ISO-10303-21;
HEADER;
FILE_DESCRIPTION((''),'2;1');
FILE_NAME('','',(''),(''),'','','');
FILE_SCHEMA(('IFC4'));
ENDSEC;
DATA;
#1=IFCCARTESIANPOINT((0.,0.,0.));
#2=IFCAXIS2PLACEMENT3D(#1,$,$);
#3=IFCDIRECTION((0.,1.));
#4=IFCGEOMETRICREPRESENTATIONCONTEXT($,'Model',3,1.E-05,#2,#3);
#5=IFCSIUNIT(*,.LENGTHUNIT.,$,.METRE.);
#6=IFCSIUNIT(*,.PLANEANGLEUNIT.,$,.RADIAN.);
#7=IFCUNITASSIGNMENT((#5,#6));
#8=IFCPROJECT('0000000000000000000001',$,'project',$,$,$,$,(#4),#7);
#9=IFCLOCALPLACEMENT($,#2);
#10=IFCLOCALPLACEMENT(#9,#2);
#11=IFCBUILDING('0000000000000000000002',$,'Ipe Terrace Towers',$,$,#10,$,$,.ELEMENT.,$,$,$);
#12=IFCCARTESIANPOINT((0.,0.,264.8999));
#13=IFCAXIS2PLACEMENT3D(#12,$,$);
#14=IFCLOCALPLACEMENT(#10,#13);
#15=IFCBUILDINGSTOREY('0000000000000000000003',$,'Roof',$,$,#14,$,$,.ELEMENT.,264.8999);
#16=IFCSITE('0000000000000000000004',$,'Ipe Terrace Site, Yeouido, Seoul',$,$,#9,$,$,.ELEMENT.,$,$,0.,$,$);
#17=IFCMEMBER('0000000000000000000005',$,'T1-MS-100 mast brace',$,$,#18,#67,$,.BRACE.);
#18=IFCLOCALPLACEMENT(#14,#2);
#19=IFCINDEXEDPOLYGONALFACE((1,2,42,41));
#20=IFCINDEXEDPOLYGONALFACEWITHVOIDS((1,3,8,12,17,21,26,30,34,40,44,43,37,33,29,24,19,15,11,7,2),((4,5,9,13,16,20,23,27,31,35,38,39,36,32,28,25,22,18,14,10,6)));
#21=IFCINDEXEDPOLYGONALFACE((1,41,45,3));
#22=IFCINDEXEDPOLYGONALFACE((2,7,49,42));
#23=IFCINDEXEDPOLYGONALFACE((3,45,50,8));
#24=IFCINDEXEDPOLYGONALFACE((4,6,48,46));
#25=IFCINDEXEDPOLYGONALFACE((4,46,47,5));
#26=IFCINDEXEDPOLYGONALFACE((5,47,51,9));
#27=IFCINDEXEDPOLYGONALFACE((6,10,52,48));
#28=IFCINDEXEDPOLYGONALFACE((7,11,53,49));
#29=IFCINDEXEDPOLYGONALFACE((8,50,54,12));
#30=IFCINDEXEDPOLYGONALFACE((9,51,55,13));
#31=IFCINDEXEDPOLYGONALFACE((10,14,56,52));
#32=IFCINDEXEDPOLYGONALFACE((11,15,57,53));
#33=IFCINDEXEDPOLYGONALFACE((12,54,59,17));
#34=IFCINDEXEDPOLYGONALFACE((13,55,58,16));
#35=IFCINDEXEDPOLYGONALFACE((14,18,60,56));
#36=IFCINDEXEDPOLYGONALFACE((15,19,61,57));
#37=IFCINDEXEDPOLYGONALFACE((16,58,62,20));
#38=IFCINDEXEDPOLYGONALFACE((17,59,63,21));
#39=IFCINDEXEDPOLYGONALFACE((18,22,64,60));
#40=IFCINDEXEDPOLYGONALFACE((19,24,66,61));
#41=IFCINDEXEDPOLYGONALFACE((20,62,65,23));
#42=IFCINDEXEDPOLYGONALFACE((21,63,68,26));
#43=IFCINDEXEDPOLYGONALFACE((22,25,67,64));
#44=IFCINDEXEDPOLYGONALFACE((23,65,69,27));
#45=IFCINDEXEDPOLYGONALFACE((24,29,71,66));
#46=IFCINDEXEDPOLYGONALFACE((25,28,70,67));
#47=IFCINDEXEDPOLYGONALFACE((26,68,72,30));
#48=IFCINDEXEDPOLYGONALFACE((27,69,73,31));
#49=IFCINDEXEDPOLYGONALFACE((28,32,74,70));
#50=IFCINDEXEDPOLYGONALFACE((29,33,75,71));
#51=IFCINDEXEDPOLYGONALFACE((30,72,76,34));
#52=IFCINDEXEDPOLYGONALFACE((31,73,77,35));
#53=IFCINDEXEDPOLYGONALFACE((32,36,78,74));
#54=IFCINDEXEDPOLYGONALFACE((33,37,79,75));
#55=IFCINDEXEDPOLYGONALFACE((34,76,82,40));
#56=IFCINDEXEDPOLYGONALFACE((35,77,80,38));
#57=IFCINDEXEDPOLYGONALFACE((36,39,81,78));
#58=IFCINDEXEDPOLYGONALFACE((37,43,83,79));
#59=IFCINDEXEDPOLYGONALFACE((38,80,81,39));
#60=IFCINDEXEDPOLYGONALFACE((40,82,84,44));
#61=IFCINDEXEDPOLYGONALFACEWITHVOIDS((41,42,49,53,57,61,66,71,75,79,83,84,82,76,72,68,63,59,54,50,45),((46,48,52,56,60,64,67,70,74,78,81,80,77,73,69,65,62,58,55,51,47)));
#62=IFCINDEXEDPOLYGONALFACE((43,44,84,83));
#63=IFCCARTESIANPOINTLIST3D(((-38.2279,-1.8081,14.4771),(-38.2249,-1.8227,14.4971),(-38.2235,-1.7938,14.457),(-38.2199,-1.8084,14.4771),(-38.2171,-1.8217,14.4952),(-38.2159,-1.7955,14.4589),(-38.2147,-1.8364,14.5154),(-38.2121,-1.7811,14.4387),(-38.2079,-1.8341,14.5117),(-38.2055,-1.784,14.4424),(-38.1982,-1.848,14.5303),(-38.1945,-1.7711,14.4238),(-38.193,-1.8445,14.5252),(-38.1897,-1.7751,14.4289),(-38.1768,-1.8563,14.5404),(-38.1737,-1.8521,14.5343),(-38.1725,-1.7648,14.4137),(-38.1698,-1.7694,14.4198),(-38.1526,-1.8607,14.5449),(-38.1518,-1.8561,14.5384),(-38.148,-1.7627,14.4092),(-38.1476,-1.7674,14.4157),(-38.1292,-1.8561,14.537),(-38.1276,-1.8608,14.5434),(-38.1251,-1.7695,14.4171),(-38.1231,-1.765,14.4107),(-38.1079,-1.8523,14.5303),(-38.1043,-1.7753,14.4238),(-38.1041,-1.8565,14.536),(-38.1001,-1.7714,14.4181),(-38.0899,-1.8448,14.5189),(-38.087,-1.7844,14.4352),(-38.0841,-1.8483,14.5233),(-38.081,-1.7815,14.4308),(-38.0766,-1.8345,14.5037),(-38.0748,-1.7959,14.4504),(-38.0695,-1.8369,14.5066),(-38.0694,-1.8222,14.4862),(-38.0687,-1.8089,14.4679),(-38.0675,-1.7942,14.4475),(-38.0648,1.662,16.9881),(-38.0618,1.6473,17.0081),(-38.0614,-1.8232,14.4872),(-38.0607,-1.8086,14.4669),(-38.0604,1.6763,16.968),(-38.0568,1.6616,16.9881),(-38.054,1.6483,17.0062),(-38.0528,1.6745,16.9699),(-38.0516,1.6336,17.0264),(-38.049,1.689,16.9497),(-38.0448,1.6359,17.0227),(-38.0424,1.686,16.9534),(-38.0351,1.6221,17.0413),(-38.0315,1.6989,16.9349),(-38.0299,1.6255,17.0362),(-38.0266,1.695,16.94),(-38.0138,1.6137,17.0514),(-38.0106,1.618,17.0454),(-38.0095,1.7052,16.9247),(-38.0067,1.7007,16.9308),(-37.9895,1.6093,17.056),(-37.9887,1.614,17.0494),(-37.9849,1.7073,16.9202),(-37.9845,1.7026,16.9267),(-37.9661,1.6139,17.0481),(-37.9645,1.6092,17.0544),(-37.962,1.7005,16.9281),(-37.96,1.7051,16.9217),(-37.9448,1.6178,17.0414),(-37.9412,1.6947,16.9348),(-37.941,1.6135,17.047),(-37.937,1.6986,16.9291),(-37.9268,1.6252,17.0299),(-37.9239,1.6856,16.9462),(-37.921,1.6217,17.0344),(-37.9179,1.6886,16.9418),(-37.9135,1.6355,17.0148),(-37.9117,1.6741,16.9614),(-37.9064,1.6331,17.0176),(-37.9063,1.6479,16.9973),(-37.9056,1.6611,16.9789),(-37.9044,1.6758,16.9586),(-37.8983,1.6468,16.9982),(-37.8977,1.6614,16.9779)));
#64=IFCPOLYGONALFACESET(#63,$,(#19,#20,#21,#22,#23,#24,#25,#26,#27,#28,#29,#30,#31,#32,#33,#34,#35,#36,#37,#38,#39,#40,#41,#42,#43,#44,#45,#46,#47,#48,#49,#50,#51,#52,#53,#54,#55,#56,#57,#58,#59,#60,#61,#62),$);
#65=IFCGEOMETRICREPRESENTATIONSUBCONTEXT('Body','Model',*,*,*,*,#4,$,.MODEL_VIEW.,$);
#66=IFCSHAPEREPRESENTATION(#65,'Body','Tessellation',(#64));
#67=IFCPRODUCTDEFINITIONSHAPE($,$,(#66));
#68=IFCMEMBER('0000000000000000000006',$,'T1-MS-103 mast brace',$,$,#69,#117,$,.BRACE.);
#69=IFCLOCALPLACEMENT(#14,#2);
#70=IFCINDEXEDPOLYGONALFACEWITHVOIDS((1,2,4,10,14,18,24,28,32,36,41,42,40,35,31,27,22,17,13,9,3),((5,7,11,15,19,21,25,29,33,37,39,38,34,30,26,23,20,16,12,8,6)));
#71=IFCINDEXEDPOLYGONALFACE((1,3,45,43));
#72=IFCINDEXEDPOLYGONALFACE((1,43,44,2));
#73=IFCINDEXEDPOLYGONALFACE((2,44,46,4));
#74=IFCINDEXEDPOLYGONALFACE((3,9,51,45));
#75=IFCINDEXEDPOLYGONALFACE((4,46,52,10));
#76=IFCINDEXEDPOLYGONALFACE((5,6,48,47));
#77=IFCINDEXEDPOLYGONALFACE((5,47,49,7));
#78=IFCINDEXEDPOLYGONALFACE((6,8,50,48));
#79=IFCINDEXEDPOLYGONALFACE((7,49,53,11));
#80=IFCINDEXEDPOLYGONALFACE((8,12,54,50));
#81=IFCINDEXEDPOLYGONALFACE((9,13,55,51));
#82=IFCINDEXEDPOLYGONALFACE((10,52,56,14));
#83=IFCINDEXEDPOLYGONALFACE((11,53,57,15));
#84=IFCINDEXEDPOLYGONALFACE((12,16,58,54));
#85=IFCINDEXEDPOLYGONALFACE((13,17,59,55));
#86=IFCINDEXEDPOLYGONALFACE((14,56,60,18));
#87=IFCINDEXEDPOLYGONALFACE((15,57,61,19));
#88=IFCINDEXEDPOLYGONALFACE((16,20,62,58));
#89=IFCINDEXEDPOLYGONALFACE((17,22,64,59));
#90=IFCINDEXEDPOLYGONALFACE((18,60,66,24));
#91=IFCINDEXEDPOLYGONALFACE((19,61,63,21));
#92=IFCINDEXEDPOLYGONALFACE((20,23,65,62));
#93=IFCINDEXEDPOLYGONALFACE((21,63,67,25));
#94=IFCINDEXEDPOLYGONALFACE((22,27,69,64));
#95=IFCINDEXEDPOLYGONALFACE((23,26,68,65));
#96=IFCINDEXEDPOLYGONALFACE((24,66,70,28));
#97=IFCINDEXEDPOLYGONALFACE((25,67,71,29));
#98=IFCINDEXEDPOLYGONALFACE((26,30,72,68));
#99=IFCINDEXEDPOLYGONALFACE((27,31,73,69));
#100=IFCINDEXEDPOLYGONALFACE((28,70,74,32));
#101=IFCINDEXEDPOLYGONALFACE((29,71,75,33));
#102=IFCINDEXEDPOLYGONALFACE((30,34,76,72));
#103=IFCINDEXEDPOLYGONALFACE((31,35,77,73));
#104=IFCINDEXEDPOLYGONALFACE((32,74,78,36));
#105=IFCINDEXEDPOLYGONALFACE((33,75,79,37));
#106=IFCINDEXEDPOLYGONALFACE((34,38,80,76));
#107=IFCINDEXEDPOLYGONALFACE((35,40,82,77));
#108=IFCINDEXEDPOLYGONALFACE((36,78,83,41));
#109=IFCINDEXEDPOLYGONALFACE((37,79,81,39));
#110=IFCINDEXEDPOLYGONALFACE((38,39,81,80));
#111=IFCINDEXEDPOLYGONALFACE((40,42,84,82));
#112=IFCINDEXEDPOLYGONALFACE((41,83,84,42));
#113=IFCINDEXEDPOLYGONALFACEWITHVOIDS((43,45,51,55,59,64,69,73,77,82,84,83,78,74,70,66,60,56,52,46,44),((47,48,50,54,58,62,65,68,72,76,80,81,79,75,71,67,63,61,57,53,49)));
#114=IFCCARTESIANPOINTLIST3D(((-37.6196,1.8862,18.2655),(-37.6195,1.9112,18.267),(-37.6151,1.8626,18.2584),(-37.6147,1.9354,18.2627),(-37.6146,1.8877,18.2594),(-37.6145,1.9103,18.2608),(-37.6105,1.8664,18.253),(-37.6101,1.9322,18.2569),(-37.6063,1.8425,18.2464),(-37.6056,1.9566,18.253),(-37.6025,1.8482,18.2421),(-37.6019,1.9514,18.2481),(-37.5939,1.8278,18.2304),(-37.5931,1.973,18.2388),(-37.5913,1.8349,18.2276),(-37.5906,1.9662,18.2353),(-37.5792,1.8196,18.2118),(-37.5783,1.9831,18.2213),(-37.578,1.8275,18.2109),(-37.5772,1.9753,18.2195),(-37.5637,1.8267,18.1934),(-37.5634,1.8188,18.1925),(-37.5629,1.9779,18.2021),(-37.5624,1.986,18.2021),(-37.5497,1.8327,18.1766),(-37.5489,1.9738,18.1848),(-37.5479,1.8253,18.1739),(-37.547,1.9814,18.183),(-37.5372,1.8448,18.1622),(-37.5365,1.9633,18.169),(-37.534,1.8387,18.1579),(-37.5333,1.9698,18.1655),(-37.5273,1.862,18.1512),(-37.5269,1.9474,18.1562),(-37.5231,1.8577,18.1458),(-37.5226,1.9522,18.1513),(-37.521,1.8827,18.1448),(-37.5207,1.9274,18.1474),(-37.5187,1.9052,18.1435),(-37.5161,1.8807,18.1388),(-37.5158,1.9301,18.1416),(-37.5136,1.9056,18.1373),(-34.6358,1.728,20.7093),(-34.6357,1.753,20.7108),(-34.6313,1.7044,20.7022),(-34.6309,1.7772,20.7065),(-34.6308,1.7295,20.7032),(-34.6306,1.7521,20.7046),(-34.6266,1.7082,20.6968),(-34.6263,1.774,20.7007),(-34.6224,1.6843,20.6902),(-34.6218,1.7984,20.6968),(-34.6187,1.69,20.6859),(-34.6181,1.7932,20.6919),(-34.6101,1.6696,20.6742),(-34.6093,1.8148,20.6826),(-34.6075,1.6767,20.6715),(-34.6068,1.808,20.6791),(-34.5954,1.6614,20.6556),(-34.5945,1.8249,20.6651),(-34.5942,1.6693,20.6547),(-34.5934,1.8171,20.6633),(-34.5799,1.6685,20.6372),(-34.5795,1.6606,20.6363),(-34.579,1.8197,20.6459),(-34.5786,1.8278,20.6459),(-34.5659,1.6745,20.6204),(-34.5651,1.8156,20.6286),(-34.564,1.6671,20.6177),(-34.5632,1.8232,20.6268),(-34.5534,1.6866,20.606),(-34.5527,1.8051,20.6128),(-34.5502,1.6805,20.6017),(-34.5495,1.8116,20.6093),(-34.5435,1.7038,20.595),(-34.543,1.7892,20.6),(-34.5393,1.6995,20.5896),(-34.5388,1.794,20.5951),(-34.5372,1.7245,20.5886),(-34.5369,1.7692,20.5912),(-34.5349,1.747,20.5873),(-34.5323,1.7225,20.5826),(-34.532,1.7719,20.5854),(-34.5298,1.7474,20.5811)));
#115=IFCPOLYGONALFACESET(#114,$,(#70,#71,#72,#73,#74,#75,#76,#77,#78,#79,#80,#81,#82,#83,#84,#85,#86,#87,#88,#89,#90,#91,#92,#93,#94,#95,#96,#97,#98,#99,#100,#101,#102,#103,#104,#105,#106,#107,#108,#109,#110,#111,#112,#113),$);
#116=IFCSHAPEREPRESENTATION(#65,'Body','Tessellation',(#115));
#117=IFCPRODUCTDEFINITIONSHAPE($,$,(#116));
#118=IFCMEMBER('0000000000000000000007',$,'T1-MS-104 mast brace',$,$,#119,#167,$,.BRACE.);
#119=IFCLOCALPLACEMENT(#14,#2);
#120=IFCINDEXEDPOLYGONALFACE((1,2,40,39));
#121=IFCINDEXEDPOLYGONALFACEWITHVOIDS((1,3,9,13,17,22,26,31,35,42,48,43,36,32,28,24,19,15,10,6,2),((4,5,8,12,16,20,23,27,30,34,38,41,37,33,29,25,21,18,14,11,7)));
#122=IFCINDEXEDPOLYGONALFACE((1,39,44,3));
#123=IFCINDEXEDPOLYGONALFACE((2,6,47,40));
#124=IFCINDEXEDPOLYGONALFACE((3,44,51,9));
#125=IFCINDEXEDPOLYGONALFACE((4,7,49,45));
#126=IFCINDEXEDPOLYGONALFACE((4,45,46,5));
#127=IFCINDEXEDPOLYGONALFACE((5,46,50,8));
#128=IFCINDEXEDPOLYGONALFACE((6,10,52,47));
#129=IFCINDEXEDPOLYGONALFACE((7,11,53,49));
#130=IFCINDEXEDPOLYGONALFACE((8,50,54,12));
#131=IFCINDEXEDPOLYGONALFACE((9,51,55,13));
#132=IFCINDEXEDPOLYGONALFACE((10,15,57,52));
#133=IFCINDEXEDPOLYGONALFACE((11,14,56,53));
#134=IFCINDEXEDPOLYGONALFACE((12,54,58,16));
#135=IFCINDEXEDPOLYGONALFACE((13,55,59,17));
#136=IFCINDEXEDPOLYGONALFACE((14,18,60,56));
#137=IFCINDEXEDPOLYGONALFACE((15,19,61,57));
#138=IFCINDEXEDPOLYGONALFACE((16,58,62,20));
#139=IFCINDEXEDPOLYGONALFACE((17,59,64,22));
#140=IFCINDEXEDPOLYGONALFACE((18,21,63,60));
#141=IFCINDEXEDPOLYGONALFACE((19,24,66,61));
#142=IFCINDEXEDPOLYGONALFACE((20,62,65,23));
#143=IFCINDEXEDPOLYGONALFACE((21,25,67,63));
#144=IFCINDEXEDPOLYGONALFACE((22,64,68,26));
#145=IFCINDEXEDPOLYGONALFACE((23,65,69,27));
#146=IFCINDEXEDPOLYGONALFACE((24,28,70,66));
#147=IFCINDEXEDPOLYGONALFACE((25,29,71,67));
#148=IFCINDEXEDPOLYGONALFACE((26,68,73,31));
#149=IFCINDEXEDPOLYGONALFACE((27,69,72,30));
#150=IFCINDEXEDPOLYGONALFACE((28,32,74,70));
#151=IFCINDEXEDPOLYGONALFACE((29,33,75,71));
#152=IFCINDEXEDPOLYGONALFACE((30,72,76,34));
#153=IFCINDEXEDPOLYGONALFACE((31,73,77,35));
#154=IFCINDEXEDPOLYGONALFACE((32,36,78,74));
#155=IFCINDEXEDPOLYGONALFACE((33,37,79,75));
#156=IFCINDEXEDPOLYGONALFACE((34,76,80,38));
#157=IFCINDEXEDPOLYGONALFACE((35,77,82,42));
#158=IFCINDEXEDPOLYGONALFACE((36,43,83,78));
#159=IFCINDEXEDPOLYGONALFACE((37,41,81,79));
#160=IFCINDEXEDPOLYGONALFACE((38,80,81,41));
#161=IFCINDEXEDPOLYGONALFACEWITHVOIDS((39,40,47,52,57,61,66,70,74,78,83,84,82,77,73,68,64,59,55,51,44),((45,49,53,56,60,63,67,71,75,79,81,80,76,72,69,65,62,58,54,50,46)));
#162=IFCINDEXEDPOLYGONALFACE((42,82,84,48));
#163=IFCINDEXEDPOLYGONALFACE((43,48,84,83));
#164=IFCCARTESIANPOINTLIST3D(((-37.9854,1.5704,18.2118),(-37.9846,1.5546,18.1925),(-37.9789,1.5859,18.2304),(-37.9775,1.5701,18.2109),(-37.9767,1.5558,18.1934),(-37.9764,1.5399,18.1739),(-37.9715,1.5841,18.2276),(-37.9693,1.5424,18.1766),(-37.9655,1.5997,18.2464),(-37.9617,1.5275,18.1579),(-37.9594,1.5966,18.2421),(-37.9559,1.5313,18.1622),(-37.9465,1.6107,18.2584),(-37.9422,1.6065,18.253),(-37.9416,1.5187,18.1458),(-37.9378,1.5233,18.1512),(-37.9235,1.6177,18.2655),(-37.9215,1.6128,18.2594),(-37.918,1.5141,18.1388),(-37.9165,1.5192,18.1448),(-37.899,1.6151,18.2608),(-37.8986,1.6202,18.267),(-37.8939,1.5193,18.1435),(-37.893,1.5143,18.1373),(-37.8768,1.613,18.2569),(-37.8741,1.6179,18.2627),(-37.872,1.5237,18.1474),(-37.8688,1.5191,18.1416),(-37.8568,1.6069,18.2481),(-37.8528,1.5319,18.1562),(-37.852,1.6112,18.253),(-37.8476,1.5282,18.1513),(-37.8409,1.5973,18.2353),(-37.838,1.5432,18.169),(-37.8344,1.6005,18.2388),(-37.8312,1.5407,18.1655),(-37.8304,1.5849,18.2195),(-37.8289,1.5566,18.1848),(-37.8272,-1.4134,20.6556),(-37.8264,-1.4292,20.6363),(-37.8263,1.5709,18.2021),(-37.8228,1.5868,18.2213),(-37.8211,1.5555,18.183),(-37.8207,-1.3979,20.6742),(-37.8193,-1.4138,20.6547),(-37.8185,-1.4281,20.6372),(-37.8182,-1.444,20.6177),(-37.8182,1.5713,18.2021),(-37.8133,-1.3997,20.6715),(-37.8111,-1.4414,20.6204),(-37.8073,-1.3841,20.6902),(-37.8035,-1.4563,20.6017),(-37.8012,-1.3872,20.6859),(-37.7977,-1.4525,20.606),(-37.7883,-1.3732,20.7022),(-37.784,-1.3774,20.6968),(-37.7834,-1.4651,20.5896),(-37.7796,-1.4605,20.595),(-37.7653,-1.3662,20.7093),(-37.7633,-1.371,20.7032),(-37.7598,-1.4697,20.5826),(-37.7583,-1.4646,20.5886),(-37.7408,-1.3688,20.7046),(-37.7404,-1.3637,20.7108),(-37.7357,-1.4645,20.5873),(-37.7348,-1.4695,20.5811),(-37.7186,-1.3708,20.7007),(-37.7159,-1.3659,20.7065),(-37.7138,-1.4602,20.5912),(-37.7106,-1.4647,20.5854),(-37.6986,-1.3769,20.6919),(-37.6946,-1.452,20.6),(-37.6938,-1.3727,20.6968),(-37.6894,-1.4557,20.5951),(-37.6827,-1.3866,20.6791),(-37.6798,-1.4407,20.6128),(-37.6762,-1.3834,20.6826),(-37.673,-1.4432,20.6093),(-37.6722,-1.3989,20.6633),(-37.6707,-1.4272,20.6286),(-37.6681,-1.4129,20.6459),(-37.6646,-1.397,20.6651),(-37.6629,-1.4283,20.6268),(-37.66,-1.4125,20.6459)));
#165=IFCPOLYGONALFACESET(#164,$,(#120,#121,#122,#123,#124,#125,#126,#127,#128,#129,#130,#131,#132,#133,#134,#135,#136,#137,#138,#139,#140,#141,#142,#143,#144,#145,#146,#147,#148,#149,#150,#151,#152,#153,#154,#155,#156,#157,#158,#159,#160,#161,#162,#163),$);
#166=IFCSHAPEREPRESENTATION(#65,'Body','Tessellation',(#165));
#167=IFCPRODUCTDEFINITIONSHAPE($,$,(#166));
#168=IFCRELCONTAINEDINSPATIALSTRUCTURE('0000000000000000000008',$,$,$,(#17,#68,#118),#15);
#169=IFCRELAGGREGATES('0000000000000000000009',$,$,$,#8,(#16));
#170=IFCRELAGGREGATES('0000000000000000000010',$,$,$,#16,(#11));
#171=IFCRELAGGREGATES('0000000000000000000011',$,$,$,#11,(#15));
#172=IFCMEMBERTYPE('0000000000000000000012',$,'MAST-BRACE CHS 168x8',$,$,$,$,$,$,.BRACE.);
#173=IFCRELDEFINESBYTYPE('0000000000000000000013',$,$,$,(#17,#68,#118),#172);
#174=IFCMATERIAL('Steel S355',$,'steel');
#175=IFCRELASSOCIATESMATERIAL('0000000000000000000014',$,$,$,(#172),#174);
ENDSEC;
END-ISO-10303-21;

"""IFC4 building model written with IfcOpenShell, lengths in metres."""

from ifc_helpers import new_model, si_unit, direction, frame, origin, origin_2d, place, context, subcontext, project, spatial, hollow_circle, extrude, material, material_profile, profile_set, type_object, element, save


model = new_model("IFC4")

# Units and contexts
model_context = context("Model", 3, precision=1e-05, world=origin(), true_north=direction((0.0, 1.0)))
body_context = subcontext(model_context, "Body", "Model", "MODEL_VIEW")
ifc_project = project(units=[si_unit("LENGTHUNIT", "METRE"), si_unit("PLANEANGLEUNIT", "RADIAN")], contexts=[model_context])

# Site, building, storey
site_placement = place(None, origin())
site = spatial("IfcSite", under=ifc_project, at=site_placement, Name="Ipe Terrace Site, Yeouido, Seoul", CompositionType="ELEMENT", RefElevation=0.0)
building_placement = place(site_placement, origin())
building = spatial("IfcBuilding", under=site, at=building_placement, Name="Ipe Terrace Towers", CompositionType="ELEMENT")
storey_placement = place(building_placement, frame((0.0, 0.0, 264.8999)))
storey = spatial("IfcBuildingStorey", under=building, at=storey_placement, Name="Roof", CompositionType="ELEMENT", Elevation=264.8999)

# Members
ifc_material_1 = material(Name="Steel S355", Category="steel")
ifc_material_profile_1 = material_profile(ifc_material_1, hollow_circle(Radius=0.084, WallThickness=0.0081, at=origin_2d()), Name="MAST-BRACE CHS 168x8")
ifc_profile_set_1 = profile_set([ifc_material_profile_1], Name="Steel S355")
member_type_1 = type_object("IfcMemberType", Name="MAST-BRACE CHS 168x8", PredefinedType="BRACE", material=ifc_profile_set_1)
for number, where, z_axis, x_axis, name in (
    (1, (-38.144, -1.812, 14.4771), (0.038048, 0.80955, 0.585817), (-0.998897, 0.046947, 0.0), "T1-MS-100 mast brace"),
):
    element("IfcMember", number, at=place(storey_placement, frame(where, z_axis=z_axis, x_axis=x_axis)), inside=storey, type_object=member_type_1, Name=name, PredefinedType="BRACE", context=body_context, shape_type="SweptSolid", body=[
        extrude(hollow_circle(Radius=0.084, WallThickness=0.0081, at=origin_2d()), origin(), (0.0, 0.0, 1.0), 4.2864),
    ])
for number, where, z_axis, x_axis, name in (
    (2, (-37.5669, 1.9021, 18.2021), (0.772991, -0.040983, 0.633091), (0.052945, 0.998597, 0.0), "T1-MS-103 mast brace"),
    (3, (-37.9021, 1.5669, 18.2021), (0.040983, -0.772991, 0.633091), (0.998597, 0.052945, 0.0), "T1-MS-104 mast brace"),
):
    element("IfcMember", number, at=place(storey_placement, frame(where, z_axis=z_axis, x_axis=x_axis)), inside=storey, type_object=member_type_1, Name=name, PredefinedType="BRACE", context=body_context, shape_type="SweptSolid", body=[
        extrude(hollow_circle(Radius=0.084, WallThickness=0.0081, at=origin_2d()), origin(), (0.0, 0.0, 1.0), 3.8601),
    ])

save(model, "model.ifc")
